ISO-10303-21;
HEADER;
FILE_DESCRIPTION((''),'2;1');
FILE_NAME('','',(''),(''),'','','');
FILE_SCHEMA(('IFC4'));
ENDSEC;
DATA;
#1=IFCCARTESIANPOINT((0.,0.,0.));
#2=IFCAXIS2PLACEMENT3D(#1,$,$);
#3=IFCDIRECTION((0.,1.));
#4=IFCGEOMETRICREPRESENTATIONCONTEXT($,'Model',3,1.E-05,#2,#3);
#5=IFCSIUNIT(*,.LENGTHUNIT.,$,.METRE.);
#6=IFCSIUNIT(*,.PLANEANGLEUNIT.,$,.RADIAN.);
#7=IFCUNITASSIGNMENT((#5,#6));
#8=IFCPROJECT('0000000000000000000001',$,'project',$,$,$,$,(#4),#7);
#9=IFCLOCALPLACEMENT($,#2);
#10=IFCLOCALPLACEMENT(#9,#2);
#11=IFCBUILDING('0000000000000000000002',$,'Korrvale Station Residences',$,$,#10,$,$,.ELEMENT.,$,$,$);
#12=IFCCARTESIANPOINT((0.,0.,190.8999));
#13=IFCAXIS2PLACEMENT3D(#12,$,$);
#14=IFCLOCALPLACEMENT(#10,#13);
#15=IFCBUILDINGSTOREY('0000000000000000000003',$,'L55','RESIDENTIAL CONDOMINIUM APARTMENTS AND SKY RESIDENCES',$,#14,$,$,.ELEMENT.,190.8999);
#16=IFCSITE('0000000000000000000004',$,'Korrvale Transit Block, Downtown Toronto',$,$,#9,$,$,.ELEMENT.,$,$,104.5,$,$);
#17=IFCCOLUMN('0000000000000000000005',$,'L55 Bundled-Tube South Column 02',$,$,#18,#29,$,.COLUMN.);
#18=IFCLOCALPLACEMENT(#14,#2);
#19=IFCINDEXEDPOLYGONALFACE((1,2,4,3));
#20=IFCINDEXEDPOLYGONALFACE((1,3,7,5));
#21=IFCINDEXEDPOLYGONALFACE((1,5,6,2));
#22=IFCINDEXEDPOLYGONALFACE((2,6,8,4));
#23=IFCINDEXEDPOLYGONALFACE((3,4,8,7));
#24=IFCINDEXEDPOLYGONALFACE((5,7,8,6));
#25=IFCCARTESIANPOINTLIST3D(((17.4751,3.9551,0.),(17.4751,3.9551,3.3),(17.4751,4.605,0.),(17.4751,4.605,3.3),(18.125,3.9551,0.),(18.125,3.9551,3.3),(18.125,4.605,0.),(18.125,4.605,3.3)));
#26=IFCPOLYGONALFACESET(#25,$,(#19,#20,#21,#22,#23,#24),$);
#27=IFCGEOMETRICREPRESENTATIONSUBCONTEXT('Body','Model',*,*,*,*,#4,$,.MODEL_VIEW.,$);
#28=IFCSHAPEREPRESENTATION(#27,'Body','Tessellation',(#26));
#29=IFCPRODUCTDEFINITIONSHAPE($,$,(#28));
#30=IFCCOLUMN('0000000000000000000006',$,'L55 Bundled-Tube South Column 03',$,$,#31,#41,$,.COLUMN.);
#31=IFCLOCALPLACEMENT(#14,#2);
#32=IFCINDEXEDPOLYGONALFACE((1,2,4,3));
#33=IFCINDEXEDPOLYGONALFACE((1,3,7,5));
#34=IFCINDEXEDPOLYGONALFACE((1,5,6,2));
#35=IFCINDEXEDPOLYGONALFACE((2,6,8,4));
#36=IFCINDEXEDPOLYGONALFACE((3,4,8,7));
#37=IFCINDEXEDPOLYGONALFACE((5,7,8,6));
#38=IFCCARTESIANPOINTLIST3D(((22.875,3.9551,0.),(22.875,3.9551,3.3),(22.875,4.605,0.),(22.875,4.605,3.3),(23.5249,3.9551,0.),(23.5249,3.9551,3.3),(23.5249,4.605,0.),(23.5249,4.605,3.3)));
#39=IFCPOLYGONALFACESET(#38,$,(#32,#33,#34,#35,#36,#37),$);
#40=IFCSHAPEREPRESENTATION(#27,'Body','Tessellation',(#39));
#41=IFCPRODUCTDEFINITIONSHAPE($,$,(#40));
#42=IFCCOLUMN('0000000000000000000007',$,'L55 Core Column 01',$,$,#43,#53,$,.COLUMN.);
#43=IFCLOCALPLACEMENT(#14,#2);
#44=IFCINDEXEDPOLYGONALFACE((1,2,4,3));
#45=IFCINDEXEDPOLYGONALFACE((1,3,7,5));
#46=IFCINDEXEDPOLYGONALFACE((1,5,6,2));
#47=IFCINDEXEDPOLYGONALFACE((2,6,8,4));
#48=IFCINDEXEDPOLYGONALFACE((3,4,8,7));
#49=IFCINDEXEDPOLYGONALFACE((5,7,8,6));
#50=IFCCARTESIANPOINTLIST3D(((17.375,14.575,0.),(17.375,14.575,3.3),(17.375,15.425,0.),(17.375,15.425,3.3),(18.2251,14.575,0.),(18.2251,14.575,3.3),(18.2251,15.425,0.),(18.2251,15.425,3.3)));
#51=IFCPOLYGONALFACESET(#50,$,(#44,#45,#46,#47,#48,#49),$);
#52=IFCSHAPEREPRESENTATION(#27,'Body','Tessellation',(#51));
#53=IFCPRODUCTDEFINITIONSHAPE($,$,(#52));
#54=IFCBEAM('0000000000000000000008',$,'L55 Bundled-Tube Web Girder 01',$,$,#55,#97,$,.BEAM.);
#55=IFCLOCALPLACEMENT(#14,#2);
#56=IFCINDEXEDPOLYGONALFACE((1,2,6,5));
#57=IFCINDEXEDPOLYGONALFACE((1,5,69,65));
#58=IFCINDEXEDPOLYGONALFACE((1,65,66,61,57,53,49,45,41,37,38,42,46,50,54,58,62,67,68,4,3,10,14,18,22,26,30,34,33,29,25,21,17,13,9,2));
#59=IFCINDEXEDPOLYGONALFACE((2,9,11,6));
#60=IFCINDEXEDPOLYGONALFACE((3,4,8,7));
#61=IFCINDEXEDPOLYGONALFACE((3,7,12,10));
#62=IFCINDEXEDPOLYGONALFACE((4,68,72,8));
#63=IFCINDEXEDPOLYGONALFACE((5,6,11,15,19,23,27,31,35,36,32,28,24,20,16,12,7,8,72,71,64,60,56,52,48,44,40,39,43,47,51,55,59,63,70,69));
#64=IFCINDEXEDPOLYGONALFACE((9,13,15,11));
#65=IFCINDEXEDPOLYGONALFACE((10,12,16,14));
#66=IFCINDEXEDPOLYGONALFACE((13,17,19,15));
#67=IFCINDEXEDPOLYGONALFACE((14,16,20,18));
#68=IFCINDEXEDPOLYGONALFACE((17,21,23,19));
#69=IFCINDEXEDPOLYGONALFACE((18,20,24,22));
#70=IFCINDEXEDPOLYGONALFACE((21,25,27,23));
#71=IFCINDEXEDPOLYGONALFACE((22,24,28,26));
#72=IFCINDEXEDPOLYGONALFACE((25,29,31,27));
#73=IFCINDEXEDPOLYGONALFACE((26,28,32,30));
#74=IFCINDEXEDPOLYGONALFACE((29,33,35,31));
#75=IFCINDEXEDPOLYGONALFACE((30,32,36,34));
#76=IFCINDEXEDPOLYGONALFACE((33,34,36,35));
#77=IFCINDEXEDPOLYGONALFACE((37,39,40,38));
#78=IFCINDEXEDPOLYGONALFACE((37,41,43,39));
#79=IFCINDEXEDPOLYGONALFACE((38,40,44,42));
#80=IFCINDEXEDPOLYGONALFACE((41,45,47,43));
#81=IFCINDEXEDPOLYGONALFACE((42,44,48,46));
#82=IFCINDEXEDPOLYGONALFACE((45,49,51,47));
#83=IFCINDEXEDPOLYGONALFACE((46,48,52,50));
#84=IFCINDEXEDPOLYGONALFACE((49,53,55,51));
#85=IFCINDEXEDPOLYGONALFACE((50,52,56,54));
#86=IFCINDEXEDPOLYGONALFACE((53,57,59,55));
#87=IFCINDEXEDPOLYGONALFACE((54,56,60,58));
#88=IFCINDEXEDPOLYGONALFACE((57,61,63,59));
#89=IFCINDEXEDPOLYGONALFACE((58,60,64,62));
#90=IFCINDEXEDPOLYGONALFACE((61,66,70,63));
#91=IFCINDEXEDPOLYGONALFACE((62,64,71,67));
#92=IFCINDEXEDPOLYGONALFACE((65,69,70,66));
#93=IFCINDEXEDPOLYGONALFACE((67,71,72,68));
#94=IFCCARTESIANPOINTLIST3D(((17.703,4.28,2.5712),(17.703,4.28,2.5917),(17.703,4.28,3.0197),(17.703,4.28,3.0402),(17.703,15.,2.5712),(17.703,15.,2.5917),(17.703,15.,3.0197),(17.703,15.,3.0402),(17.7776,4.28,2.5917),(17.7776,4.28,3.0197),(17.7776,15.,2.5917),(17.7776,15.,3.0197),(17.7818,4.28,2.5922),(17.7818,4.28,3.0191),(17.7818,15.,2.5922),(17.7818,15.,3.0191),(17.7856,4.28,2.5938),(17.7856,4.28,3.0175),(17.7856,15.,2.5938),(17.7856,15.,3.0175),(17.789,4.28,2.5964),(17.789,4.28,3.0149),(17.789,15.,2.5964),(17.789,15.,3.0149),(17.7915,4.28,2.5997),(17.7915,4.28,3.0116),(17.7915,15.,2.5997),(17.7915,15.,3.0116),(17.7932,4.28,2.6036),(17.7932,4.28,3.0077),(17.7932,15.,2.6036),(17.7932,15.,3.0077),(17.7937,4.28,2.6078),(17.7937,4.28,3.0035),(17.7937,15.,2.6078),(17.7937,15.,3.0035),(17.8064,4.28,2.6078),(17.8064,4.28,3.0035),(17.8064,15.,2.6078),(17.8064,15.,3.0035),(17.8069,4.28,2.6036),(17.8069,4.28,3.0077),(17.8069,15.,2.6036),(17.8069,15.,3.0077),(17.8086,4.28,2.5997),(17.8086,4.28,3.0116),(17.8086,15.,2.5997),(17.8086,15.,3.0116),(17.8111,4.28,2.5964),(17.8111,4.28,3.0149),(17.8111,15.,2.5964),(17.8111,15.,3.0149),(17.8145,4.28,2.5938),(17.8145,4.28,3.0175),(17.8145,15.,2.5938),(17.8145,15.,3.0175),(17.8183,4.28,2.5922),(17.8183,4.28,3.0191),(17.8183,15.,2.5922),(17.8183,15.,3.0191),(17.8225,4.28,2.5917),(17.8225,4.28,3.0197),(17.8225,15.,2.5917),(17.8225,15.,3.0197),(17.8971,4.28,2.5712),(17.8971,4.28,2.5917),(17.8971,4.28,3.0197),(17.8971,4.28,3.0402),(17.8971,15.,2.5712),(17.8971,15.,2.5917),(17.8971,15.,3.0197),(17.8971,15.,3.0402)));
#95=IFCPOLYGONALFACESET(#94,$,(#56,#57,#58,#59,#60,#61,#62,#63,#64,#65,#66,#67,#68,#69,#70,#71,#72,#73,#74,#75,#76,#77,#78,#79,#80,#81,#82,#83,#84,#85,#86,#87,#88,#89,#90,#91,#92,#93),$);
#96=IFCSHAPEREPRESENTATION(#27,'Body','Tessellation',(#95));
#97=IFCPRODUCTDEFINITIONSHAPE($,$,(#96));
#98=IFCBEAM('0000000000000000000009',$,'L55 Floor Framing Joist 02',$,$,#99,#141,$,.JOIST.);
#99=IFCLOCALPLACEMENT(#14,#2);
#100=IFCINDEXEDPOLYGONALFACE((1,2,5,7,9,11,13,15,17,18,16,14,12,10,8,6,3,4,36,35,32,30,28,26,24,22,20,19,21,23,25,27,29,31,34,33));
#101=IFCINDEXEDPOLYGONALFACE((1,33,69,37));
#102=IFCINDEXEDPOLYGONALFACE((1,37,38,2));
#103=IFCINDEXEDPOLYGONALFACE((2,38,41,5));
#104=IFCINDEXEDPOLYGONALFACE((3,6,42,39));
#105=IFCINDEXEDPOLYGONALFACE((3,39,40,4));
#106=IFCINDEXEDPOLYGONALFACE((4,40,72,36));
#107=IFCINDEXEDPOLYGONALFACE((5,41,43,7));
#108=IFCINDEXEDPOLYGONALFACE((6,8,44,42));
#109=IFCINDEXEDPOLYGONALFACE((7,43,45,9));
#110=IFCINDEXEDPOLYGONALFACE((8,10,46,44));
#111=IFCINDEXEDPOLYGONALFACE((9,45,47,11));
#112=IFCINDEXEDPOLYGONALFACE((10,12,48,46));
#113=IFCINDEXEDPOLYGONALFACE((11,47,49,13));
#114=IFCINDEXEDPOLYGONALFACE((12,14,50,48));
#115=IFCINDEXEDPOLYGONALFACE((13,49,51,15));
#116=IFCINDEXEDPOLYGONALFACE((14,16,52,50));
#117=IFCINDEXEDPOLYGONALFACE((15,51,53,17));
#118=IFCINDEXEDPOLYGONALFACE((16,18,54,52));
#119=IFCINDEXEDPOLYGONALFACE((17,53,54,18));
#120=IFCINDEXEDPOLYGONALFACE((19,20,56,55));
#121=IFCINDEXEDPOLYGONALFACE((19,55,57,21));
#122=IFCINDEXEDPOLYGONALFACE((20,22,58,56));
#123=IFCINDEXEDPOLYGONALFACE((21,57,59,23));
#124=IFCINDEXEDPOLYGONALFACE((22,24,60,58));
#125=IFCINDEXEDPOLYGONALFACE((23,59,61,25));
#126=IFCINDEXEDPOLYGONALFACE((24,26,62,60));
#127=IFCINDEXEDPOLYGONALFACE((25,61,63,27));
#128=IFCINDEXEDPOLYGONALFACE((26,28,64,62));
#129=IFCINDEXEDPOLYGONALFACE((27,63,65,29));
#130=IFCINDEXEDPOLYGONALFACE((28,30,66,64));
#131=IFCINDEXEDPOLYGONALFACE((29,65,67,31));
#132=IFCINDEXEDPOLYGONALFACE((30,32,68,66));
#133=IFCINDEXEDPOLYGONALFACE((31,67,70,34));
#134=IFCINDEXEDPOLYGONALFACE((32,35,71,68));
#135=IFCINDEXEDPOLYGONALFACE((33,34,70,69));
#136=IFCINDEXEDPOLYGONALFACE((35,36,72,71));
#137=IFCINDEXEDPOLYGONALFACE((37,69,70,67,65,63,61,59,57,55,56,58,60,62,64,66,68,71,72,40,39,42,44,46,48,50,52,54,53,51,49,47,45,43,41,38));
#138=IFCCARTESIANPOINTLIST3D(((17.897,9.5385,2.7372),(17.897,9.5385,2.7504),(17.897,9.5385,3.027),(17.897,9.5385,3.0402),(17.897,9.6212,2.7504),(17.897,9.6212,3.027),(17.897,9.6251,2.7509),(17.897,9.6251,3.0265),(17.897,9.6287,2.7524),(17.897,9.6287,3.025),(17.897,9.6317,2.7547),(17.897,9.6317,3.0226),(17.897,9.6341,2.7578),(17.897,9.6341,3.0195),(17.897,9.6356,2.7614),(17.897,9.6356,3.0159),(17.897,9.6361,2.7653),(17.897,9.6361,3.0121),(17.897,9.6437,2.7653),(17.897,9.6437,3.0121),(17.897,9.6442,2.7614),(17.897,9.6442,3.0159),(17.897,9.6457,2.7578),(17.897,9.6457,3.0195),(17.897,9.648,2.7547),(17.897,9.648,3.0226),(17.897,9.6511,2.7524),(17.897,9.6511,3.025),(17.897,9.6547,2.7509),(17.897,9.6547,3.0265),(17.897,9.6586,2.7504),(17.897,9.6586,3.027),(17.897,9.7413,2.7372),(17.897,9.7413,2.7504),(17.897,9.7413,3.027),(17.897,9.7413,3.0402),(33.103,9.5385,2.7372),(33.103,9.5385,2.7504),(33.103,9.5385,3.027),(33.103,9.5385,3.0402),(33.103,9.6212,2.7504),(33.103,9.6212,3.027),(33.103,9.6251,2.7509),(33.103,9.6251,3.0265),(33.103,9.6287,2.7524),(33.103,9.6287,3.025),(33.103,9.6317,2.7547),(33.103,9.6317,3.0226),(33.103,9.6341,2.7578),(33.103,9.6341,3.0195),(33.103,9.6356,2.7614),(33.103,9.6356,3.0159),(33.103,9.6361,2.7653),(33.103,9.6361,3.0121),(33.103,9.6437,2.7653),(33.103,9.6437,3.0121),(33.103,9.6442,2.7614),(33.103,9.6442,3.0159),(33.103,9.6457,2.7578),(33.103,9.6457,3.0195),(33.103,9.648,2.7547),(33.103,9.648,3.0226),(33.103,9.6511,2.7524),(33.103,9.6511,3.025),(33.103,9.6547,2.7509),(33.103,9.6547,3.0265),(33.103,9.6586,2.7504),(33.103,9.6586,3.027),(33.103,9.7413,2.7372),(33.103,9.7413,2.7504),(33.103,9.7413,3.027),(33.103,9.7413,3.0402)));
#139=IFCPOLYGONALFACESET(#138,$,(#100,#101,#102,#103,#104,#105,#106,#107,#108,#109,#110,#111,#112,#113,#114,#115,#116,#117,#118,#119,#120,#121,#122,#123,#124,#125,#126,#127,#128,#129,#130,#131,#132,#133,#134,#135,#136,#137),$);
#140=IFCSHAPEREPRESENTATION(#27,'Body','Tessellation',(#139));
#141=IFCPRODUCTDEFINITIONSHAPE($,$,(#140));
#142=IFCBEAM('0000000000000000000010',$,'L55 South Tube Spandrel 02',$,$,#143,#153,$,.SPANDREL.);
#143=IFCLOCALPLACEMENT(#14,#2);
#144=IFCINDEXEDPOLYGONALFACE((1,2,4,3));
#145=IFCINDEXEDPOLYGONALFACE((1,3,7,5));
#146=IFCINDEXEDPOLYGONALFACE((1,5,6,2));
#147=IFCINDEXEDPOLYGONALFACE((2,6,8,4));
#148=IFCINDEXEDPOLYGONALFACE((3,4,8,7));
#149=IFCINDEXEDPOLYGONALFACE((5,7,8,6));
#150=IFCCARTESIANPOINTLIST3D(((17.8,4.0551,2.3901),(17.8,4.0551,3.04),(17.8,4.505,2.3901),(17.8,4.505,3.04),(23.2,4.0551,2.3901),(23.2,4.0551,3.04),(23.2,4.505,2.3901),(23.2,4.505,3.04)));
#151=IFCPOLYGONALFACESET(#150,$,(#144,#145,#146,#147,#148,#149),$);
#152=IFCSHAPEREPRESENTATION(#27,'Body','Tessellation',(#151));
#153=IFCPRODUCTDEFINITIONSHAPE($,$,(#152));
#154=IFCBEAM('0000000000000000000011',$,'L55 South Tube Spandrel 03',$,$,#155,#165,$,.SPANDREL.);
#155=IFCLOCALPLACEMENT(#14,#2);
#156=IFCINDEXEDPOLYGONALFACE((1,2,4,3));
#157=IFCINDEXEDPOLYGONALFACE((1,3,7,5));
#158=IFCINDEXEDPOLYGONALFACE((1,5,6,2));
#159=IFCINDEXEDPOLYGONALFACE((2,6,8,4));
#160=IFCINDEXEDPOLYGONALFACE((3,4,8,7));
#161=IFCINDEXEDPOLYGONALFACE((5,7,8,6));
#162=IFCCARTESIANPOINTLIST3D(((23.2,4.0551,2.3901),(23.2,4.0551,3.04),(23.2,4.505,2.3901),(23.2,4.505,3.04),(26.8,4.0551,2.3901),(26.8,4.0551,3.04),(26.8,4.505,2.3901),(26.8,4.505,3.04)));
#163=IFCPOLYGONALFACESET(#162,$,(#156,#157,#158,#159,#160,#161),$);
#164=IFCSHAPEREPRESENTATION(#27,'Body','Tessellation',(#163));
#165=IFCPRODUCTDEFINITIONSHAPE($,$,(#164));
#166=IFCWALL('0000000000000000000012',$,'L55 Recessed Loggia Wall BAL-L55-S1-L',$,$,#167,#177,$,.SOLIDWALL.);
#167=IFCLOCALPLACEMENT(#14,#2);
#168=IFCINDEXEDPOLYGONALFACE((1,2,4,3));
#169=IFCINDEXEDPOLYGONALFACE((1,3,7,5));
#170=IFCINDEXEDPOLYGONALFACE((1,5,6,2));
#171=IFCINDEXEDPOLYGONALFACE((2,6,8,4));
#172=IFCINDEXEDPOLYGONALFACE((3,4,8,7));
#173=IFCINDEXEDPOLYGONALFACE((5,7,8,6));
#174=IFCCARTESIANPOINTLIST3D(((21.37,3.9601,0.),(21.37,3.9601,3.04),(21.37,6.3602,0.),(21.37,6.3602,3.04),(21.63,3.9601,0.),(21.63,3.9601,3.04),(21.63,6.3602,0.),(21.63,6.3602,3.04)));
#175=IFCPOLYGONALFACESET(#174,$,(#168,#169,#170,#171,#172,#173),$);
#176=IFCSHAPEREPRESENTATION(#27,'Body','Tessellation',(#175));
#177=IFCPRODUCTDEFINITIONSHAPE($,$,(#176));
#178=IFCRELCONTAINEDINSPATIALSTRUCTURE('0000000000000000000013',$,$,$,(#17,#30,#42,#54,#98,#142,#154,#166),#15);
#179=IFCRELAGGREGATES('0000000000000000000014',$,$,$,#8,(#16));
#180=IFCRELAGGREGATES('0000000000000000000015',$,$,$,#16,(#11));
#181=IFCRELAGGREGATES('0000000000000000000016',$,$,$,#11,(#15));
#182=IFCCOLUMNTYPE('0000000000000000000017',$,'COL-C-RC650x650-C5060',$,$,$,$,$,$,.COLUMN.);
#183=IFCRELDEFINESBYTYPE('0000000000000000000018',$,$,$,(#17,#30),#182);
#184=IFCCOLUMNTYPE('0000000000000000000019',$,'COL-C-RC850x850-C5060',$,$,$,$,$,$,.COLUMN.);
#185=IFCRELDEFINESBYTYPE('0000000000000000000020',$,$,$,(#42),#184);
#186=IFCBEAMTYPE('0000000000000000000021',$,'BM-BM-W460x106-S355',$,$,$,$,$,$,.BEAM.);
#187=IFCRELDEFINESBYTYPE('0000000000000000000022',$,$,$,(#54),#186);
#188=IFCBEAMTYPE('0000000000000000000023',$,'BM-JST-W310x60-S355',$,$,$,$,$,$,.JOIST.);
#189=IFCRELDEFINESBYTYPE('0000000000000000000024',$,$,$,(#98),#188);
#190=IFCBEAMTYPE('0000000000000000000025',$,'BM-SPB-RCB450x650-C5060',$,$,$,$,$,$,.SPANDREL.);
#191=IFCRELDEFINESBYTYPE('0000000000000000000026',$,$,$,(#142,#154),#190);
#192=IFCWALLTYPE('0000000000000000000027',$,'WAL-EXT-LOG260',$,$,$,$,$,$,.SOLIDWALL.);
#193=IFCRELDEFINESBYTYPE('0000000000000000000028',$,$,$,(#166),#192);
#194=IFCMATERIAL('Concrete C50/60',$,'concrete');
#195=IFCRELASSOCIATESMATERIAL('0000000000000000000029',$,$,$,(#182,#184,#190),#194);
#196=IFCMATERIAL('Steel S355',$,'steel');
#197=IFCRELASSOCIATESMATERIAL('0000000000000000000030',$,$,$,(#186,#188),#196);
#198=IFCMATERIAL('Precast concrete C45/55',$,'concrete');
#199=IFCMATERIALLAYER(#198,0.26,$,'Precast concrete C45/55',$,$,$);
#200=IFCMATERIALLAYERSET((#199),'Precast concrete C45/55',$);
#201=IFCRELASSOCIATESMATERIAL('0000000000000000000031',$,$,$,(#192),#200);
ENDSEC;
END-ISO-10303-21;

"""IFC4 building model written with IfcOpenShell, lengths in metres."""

from ifc_helpers import new_model, si_unit, direction, frame, frame_2d, origin, origin_2d, place, context, subcontext, project, spatial, rectangle, i_section, extrude, material, layer, layer_set, material_profile, profile_set, type_object, element, save


model = new_model("IFC4")

# Units and contexts
model_context = context("Model", 3, precision=1e-05, world=origin(), true_north=direction((0.0, 1.0)))
body_context = subcontext(model_context, "Body", "Model", "MODEL_VIEW")
ifc_project = project(units=[si_unit("LENGTHUNIT", "METRE"), si_unit("PLANEANGLEUNIT", "RADIAN")], contexts=[model_context])

# Site, building, storey
site_placement = place(None, origin())
site = spatial("IfcSite", under=ifc_project, at=site_placement, Name="Korrvale Transit Block, Downtown Toronto", CompositionType="ELEMENT", RefElevation=104.5)
building_placement = place(site_placement, origin())
building = spatial("IfcBuilding", under=site, at=building_placement, Name="Korrvale Station Residences", CompositionType="ELEMENT")
storey_placement = place(building_placement, frame((0.0, 0.0, 190.8999)))
storey = spatial("IfcBuildingStorey", under=building, at=storey_placement, Name="L55", Description="RESIDENTIAL CONDOMINIUM APARTMENTS AND SKY RESIDENCES", CompositionType="ELEMENT", Elevation=190.8999)

# Columns
ifc_material_1 = material(Name="Concrete C50/60", Category="concrete")
ifc_material_profile_1 = material_profile(ifc_material_1, rectangle(XDim=0.6499, YDim=0.6499, at=origin_2d()), Name="RC650x650")
ifc_profile_set_1 = profile_set([ifc_material_profile_1], Name="Concrete C50/60")
column_type_1 = type_object("IfcColumnType", Name="COL-C-RC650x650-C5060", PredefinedType="COLUMN", material=ifc_profile_set_1)
for number, where, z_axis, x_axis, name in (
    (1, (17.8, 4.28, 0.0), (0.0, 0.0, 1.0), (1.0, 0.0, 0.0), "L55 Bundled-Tube South Column 02"),
    (2, (23.2, 4.28, 0.0), (0.0, 0.0, 1.0), (1.0, 0.0, 0.0), "L55 Bundled-Tube South Column 03"),
):
    element("IfcColumn", number, at=place(storey_placement, frame(where, z_axis=z_axis, x_axis=x_axis)), inside=storey, type_object=column_type_1, Name=name, PredefinedType="COLUMN", context=body_context, shape_type="SweptSolid", body=[
        extrude(rectangle(XDim=0.6499, YDim=0.6499, at=origin_2d()), origin(), (0.0, 0.0, 1.0), 3.3),
    ])
ifc_material_profile_2 = material_profile(ifc_material_1, rectangle(XDim=0.8501, YDim=0.8501, at=origin_2d()), Name="RC850x850")
ifc_profile_set_2 = profile_set([ifc_material_profile_2], Name="Concrete C50/60")
column_type_2 = type_object("IfcColumnType", Name="COL-C-RC850x850-C5060", PredefinedType="COLUMN", material=ifc_profile_set_2)
column_placement = place(storey_placement, frame((17.8, 15.0, 0.0), z_axis=(0.0, 0.0, 1.0), x_axis=(1.0, 0.0, 0.0)))
element("IfcColumn", 3, at=column_placement, inside=storey, type_object=column_type_2, Name="L55 Core Column 01", PredefinedType="COLUMN", context=body_context, shape_type="SweptSolid", body=[
    extrude(rectangle(XDim=0.8501, YDim=0.8501, at=origin_2d()), origin(), (0.0, 0.0, 1.0), 3.3),
])

# Beams
ifc_material_2 = material(Name="Steel S355", Category="steel")
ifc_material_profile_3 = material_profile(ifc_material_2, i_section(OverallWidth=0.1941, OverallDepth=0.469, WebThickness=0.0127, FlangeThickness=0.0205, FilletRadius=0.0161, at=origin_2d()), Name="W460x106")
ifc_profile_set_3 = profile_set([ifc_material_profile_3], Name="Steel S355")
beam_type_1 = type_object("IfcBeamType", Name="BM-BM-W460x106-S355", PredefinedType="BEAM", material=ifc_profile_set_3)
beam_1_placement = place(storey_placement, frame((17.8, 4.28, 2.8057), z_axis=(0.0, 1.0, 0.0), x_axis=(-1.0, 0.0, 0.0)))
element("IfcBeam", 4, at=beam_1_placement, inside=storey, type_object=beam_type_1, Name="L55 Bundled-Tube Web Girder 01", PredefinedType="BEAM", context=body_context, shape_type="SweptSolid", body=[
    extrude(i_section(OverallWidth=0.1941, OverallDepth=0.469, WebThickness=0.0127, FlangeThickness=0.0205, FilletRadius=0.0161, at=origin_2d()), origin(), (0.0, 0.0, 1.0), 10.72),
])
ifc_material_profile_4 = material_profile(ifc_material_2, i_section(OverallWidth=0.2029, OverallDepth=0.303, WebThickness=0.0076, FlangeThickness=0.0132, FilletRadius=0.0149, at=origin_2d()), Name="W310x60")
ifc_profile_set_4 = profile_set([ifc_material_profile_4], Name="Steel S355")
beam_type_2 = type_object("IfcBeamType", Name="BM-JST-W310x60-S355", PredefinedType="JOIST", material=ifc_profile_set_4)
beam_2_placement = place(storey_placement, frame((17.897, 9.6399, 2.8887), z_axis=(1.0, 0.0, 0.0), x_axis=(0.0, 1.0, 0.0)))
element("IfcBeam", 5, at=beam_2_placement, inside=storey, type_object=beam_type_2, Name="L55 Floor Framing Joist 02", PredefinedType="JOIST", context=body_context, shape_type="SweptSolid", body=[
    extrude(i_section(OverallWidth=0.2029, OverallDepth=0.303, WebThickness=0.0076, FlangeThickness=0.0132, FilletRadius=0.0149, at=origin_2d()), origin(), (0.0, 0.0, 1.0), 15.2061),
])
ifc_material_profile_5 = material_profile(ifc_material_1, rectangle(XDim=0.45, YDim=0.6499, at=origin_2d()), Name="RCB450x650")
ifc_profile_set_5 = profile_set([ifc_material_profile_5], Name="Concrete C50/60")
beam_type_3 = type_object("IfcBeamType", Name="BM-SPB-RCB450x650-C5060", PredefinedType="SPANDREL", material=ifc_profile_set_5)
beam_3_placement = place(storey_placement, frame((17.8, 4.28, 2.7151), z_axis=(1.0, 0.0, 0.0), x_axis=(0.0, 1.0, 0.0)))
element("IfcBeam", 6, at=beam_3_placement, inside=storey, type_object=beam_type_3, Name="L55 South Tube Spandrel 02", PredefinedType="SPANDREL", context=body_context, shape_type="SweptSolid", body=[
    extrude(rectangle(XDim=0.45, YDim=0.6499, at=origin_2d()), origin(), (0.0, 0.0, 1.0), 5.3999),
])
beam_4_placement = place(storey_placement, frame((23.2, 4.28, 2.7151), z_axis=(1.0, 0.0, 0.0), x_axis=(0.0, 1.0, 0.0)))
element("IfcBeam", 7, at=beam_4_placement, inside=storey, type_object=beam_type_3, Name="L55 South Tube Spandrel 03", PredefinedType="SPANDREL", context=body_context, shape_type="SweptSolid", body=[
    extrude(rectangle(XDim=0.45, YDim=0.6499, at=origin_2d()), origin(), (0.0, 0.0, 1.0), 3.6001),
])

# Wall
ifc_material_3 = material(Name="Precast concrete C45/55", Category="concrete")
ifc_layer_1 = layer(ifc_material_3, 0.26, Name="Precast concrete C45/55")
ifc_layer_set_1 = layer_set([ifc_layer_1], Name="Precast concrete C45/55")
wall_type_1 = type_object("IfcWallType", Name="WAL-EXT-LOG260", PredefinedType="SOLIDWALL", material=ifc_layer_set_1)
wall_1_placement = place(storey_placement, frame((21.5, 3.96, 0.0), z_axis=(0.0, 0.0, 1.0), x_axis=(0.0, 1.0, 0.0)))
element("IfcWall", 8, at=wall_1_placement, inside=storey, type_object=wall_type_1, Name="L55 Recessed Loggia Wall BAL-L55-S1-L", PredefinedType="SOLIDWALL", context=body_context, shape_type="SweptSolid", body=[
    extrude(rectangle(XDim=2.4001, YDim=0.26, at=frame_2d((1.2002, 0.0))), origin(), (0.0, 0.0, 1.0), 3.04),
])

save(model, "model.ifc")
